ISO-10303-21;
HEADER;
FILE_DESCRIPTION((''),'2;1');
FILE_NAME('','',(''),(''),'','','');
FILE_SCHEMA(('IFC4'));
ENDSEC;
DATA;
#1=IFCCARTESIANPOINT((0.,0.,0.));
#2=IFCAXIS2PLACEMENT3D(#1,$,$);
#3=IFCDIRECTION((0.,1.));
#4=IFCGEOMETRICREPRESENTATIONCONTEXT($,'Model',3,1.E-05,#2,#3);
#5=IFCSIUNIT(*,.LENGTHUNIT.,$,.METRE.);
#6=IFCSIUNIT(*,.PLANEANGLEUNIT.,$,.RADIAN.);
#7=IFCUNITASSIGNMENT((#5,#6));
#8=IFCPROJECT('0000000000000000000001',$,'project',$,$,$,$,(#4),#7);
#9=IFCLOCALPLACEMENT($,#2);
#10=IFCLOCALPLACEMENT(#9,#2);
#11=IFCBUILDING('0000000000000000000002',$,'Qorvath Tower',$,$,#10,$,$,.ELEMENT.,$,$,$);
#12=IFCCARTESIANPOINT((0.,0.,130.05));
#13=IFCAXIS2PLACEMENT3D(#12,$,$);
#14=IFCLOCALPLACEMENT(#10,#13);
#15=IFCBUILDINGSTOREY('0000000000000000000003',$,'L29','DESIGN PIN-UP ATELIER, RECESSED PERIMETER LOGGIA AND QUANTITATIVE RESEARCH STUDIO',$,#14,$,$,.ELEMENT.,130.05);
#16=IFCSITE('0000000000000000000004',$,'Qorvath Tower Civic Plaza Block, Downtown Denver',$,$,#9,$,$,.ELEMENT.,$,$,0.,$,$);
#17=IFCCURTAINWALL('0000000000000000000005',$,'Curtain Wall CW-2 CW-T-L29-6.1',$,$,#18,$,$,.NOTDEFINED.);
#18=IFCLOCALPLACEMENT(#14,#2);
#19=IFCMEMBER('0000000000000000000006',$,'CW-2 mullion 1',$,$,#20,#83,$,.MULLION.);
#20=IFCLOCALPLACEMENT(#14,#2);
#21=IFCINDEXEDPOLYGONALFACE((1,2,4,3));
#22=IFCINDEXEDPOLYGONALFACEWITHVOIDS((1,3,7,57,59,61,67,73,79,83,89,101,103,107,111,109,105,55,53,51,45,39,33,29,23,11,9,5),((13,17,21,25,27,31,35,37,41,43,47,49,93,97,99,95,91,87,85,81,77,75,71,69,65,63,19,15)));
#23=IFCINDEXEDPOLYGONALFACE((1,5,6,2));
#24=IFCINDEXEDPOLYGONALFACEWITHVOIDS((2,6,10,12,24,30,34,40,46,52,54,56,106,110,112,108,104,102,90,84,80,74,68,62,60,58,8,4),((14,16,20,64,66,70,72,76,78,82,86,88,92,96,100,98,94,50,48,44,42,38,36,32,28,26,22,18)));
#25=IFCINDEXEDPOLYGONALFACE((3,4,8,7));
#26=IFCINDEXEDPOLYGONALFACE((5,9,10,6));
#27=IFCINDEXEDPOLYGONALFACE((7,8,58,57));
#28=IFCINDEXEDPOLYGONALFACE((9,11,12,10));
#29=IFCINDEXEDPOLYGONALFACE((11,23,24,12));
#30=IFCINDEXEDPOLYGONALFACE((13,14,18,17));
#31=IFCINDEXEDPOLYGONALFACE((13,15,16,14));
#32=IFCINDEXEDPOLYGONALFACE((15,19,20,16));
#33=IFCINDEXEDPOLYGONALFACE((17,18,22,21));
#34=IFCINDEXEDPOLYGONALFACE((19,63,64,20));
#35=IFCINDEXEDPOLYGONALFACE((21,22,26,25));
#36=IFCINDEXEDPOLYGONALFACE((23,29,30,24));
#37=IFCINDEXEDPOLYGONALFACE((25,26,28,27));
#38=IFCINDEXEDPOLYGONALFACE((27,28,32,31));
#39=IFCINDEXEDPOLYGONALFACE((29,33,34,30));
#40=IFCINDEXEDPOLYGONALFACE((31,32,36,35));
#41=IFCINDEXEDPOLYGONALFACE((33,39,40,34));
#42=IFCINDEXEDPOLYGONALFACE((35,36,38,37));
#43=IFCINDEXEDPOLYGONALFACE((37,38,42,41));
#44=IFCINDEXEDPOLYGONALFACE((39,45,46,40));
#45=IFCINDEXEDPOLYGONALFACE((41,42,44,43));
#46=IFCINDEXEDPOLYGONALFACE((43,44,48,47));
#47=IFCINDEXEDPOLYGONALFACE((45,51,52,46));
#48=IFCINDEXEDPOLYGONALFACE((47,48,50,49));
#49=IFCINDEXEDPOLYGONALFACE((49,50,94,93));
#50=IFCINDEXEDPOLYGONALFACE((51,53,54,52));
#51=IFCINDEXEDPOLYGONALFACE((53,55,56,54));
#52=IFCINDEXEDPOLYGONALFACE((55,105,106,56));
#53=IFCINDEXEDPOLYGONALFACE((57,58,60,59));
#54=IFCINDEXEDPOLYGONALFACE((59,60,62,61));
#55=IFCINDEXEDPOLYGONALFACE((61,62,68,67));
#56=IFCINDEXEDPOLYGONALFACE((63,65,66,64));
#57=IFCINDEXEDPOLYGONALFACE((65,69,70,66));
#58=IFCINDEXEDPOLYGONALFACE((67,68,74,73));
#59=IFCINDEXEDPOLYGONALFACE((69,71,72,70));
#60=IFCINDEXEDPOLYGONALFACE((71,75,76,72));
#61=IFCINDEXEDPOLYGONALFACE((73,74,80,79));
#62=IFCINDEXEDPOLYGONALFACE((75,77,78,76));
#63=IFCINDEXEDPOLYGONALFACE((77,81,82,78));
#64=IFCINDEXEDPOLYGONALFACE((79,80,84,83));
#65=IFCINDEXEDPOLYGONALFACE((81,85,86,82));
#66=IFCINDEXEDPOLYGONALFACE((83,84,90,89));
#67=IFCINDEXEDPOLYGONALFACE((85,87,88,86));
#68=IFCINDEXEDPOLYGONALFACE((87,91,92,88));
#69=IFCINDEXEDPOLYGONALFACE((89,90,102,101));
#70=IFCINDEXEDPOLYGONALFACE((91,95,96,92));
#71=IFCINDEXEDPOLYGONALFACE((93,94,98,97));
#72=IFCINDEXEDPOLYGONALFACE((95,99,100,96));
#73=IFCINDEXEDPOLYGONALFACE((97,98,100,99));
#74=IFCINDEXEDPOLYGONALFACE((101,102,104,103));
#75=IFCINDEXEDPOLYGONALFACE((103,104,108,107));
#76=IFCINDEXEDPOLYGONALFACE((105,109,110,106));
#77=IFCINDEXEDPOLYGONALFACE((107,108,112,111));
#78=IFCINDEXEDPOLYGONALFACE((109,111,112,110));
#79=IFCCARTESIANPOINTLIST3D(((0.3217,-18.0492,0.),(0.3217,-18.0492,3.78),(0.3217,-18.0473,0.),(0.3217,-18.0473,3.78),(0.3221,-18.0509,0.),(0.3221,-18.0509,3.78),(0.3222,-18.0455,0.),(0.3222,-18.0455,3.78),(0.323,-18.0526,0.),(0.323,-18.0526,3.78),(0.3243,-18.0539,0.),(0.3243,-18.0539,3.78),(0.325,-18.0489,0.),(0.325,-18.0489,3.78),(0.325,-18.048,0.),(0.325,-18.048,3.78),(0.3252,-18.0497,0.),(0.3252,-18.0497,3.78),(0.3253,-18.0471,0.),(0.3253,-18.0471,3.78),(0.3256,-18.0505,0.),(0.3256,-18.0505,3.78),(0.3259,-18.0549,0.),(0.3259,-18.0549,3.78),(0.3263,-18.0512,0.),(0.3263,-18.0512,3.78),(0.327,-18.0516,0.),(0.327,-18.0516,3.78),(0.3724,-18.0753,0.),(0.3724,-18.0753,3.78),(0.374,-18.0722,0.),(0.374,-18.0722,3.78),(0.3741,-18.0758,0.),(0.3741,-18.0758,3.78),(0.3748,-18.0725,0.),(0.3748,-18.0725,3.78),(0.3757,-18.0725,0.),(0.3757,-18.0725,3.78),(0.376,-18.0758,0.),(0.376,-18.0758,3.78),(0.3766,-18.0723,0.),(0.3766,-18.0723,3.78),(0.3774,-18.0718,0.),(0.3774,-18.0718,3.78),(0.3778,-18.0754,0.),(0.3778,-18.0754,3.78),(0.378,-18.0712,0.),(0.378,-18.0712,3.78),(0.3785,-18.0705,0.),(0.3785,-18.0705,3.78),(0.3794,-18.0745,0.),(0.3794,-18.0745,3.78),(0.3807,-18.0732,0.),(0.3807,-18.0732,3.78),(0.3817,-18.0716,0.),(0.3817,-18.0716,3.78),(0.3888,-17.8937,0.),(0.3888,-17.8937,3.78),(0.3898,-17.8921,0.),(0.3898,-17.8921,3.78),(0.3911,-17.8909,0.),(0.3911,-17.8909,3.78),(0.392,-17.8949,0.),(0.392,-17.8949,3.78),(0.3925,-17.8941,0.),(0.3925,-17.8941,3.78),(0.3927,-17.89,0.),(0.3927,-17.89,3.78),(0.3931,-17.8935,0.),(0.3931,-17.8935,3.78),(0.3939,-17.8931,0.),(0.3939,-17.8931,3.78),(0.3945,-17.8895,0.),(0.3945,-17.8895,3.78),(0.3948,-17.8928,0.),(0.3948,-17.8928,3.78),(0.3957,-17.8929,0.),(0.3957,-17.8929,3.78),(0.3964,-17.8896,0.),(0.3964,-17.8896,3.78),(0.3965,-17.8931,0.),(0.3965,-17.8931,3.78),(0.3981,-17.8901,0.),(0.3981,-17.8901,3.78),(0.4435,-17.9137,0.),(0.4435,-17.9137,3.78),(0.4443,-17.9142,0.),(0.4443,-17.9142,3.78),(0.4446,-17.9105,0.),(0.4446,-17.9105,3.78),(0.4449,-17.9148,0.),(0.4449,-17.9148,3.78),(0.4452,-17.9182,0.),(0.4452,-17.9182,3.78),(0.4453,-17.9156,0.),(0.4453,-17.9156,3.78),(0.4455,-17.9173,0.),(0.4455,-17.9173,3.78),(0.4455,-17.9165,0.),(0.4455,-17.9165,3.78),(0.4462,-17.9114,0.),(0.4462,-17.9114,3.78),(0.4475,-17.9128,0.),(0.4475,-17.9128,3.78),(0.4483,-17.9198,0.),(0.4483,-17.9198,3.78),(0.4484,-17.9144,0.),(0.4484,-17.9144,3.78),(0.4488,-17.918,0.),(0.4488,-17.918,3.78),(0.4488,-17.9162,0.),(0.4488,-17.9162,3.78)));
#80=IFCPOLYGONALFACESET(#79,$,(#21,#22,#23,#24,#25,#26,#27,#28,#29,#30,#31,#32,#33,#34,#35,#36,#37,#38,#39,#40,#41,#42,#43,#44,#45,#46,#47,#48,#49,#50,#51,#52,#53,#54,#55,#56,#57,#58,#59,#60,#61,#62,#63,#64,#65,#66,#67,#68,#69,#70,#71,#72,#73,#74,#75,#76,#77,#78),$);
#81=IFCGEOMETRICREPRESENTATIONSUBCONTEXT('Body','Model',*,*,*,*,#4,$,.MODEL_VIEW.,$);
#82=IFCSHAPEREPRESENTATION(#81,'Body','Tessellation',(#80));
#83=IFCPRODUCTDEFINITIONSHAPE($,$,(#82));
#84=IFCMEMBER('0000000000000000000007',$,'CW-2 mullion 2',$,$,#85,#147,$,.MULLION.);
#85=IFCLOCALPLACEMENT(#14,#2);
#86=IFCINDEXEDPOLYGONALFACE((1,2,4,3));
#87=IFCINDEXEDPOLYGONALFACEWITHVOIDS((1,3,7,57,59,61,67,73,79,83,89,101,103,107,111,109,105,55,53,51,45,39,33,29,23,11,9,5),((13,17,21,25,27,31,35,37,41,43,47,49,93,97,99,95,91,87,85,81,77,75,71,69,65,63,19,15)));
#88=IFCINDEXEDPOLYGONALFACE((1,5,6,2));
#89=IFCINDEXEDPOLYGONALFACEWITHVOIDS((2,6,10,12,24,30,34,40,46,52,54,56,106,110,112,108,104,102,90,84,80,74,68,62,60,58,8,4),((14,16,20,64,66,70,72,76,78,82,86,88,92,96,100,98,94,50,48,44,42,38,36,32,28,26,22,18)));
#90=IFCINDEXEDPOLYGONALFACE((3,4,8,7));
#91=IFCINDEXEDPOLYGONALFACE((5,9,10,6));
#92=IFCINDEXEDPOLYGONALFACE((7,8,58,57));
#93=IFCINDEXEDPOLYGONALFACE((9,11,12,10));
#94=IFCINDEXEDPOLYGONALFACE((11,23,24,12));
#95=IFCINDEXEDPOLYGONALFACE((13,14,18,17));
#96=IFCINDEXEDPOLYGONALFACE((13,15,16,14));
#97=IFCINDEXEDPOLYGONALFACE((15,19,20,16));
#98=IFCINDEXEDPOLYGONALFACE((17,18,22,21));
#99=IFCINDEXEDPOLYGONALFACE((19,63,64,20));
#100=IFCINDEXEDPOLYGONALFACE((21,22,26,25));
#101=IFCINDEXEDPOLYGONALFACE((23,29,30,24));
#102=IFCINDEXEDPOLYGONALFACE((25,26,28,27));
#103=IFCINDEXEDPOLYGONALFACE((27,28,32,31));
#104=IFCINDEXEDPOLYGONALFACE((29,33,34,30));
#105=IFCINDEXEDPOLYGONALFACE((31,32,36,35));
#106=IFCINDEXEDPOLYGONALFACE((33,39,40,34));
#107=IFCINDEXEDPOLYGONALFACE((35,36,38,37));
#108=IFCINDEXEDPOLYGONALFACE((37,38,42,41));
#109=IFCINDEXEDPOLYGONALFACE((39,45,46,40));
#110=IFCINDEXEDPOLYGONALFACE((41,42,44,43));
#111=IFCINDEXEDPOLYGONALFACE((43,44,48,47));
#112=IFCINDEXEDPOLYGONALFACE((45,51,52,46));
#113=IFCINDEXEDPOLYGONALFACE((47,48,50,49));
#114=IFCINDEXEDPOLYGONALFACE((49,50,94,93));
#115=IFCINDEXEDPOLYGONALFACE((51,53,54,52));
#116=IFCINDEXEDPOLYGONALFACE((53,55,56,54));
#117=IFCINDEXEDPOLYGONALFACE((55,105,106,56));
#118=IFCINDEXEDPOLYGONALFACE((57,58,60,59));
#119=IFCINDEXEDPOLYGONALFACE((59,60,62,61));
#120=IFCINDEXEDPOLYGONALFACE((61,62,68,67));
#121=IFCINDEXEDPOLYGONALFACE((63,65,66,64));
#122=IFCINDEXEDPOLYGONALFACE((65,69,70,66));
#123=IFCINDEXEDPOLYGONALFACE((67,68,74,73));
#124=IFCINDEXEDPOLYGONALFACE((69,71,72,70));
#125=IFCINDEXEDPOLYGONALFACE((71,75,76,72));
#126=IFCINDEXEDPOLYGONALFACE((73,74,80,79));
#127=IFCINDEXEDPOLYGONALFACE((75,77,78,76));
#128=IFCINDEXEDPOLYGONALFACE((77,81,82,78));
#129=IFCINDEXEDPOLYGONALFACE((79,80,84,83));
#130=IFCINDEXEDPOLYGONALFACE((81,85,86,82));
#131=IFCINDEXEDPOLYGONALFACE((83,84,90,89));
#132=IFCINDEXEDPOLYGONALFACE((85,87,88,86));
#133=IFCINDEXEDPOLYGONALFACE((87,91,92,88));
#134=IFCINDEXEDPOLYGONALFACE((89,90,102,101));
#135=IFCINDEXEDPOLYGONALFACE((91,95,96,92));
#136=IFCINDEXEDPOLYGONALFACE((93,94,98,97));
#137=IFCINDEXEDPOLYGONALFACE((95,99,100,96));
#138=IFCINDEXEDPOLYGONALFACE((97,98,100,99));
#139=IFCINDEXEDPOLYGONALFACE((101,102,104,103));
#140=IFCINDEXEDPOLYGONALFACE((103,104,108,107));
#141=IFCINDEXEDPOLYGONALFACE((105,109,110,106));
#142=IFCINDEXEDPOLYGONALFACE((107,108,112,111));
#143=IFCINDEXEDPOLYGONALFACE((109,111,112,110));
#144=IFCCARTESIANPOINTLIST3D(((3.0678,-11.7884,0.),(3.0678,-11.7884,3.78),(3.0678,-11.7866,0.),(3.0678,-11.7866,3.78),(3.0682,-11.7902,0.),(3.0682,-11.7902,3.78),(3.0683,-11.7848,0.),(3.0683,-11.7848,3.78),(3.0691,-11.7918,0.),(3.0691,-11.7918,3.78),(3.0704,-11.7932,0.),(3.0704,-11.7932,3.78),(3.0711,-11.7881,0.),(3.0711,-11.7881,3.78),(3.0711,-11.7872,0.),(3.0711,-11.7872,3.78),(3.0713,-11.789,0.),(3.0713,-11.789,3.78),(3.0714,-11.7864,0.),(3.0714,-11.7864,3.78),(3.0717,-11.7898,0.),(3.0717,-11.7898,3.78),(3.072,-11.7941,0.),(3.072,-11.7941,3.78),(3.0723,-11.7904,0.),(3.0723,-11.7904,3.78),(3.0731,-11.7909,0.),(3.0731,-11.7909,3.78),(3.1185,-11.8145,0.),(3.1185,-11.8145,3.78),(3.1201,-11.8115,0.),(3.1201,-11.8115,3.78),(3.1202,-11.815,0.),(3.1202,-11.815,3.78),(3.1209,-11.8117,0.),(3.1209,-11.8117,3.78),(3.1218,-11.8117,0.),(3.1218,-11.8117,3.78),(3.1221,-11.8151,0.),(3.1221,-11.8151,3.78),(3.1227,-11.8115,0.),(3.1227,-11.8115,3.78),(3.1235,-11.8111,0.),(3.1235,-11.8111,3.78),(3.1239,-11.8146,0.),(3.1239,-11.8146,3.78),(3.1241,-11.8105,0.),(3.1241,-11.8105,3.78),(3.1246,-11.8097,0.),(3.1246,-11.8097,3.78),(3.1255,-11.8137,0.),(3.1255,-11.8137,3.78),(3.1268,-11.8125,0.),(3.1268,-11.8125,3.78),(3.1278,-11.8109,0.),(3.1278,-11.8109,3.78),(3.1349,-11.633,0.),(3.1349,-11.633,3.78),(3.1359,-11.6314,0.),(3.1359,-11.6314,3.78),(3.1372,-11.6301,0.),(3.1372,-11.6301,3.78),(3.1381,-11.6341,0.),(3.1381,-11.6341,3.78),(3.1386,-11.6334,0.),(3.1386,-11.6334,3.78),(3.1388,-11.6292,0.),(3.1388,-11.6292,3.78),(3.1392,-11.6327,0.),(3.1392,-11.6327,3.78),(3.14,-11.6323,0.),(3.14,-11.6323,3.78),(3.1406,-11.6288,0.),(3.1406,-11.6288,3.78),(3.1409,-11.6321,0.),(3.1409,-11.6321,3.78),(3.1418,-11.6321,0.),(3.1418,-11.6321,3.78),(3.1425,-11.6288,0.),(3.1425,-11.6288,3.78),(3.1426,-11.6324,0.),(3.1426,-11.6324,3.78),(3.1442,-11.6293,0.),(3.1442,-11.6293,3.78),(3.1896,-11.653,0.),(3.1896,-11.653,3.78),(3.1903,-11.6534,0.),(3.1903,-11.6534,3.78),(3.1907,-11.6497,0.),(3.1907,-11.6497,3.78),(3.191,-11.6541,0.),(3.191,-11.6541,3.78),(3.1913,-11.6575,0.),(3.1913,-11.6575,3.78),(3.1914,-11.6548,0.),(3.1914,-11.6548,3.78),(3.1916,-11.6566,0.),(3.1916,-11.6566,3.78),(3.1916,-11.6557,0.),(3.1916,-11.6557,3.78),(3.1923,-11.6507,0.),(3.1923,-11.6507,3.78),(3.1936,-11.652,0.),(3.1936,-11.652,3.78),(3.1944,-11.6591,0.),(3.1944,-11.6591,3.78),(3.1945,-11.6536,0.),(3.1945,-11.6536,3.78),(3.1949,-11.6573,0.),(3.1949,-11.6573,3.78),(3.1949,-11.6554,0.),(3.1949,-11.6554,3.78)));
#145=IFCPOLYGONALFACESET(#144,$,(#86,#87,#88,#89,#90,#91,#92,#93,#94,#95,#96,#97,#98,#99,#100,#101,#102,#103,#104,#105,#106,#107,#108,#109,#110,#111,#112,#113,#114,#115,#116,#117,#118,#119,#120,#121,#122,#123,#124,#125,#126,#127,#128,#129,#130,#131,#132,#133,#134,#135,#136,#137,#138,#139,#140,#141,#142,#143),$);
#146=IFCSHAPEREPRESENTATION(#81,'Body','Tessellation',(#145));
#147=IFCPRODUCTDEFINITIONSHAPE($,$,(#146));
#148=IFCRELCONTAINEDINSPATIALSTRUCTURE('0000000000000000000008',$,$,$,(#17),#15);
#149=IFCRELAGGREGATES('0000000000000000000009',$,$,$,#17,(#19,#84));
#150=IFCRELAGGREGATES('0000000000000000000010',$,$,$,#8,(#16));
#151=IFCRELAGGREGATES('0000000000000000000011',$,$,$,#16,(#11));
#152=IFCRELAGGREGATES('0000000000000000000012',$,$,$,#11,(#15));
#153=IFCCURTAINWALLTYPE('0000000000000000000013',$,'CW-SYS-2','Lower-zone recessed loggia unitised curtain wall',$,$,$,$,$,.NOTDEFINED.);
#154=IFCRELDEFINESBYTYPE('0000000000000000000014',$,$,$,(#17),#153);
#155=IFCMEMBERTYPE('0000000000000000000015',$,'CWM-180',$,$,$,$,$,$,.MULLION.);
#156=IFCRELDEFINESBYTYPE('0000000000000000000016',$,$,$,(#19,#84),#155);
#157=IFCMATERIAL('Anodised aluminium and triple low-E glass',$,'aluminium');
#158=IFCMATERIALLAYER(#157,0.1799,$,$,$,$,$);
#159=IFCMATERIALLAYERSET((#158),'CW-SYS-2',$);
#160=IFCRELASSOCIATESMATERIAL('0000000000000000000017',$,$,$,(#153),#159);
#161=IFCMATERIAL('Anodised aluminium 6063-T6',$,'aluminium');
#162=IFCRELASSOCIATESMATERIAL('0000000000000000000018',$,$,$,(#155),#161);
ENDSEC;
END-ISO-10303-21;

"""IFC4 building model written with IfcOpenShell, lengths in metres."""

from ifc_helpers import new_model, si_unit, direction, frame, origin, origin_2d, place, context, subcontext, project, spatial, hollow_rectangle, extrude, material, layer, layer_set, material_profile, profile_set, type_object, element, aggregate, save


model = new_model("IFC4")

# Units and contexts
model_context = context("Model", 3, precision=1e-05, world=origin(), true_north=direction((0.0, 1.0)))
body_context = subcontext(model_context, "Body", "Model", "MODEL_VIEW")
ifc_project = project(units=[si_unit("LENGTHUNIT", "METRE"), si_unit("PLANEANGLEUNIT", "RADIAN")], contexts=[model_context])

# Site, building, storey
site_placement = place(None, origin())
site = spatial("IfcSite", under=ifc_project, at=site_placement, Name="Qorvath Tower Civic Plaza Block, Downtown Denver", CompositionType="ELEMENT", RefElevation=0.0)
building_placement = place(site_placement, origin())
building = spatial("IfcBuilding", under=site, at=building_placement, Name="Qorvath Tower", CompositionType="ELEMENT")
storey_placement = place(building_placement, frame((0.0, 0.0, 130.05)))
storey = spatial("IfcBuildingStorey", under=building, at=storey_placement, Name="L29", Description="DESIGN PIN-UP ATELIER, RECESSED PERIMETER LOGGIA AND QUANTITATIVE RESEARCH STUDIO", CompositionType="ELEMENT", Elevation=130.05)

# Curtain wall, members
ifc_material_1 = material(Name="Anodised aluminium and triple low-E glass", Category="aluminium")
ifc_layer_1 = layer(ifc_material_1, 0.1799)
ifc_layer_set_1 = layer_set([ifc_layer_1], Name="CW-SYS-2")
curtain_wall_type = type_object("IfcCurtainWallType", Name="CW-SYS-2", Description="Lower-zone recessed loggia unitised curtain wall", PredefinedType="NOTDEFINED", material=ifc_layer_set_1)
ifc_material_2 = material(Name="Anodised aluminium 6063-T6", Category="aluminium")
ifc_material_profile_1 = material_profile(ifc_material_2, hollow_rectangle(XDim=0.0649, YDim=0.1799, WallThickness=0.0034, InnerFilletRadius=0.0034, OuterFilletRadius=0.0071, at=origin_2d()), Name="CWM 180x65")
ifc_profile_set_1 = profile_set([ifc_material_profile_1], Name="Anodised aluminium 6063-T6")
member_type_1 = type_object("IfcMemberType", Name="CWM-180", PredefinedType="MULLION", material=ifc_profile_set_1)
curtain_wall_1_placement = place(storey_placement, origin())
curtain_wall_1 = element("IfcCurtainWall", 1, at=curtain_wall_1_placement, inside=storey, type_object=curtain_wall_type, Name="Curtain Wall CW-2 CW-T-L29-6.1", PredefinedType="NOTDEFINED")
member_1_placement = place(storey_placement, frame((0.3853, -17.9827, 0.0), z_axis=(0.0, 0.0, 1.0), x_axis=(-0.915794, 0.401649, 0.0)))
member_1 = element("IfcMember", 2, at=member_1_placement, type_object=member_type_1, Name="CW-2 mullion 1", PredefinedType="MULLION", context=body_context, shape_type="SweptSolid", body=[
    extrude(hollow_rectangle(XDim=0.0649, YDim=0.1799, WallThickness=0.0034, InnerFilletRadius=0.0034, OuterFilletRadius=0.0071, at=origin_2d()), origin(), (0.0, 0.0, 1.0), 3.78),
])
member_2_placement = place(storey_placement, frame((3.1313, -11.7219, 0.0), z_axis=(0.0, 0.0, 1.0), x_axis=(-0.915794, 0.401649, 0.0)))
member_2 = element("IfcMember", 3, at=member_2_placement, type_object=member_type_1, Name="CW-2 mullion 2", PredefinedType="MULLION", context=body_context, shape_type="SweptSolid", body=[
    extrude(hollow_rectangle(XDim=0.0649, YDim=0.1799, WallThickness=0.0034, InnerFilletRadius=0.0034, OuterFilletRadius=0.0071, at=origin_2d()), origin(), (0.0, 0.0, 1.0), 3.78),
])

aggregate(curtain_wall_1, [member_1, member_2])

save(model, "model.ifc")
